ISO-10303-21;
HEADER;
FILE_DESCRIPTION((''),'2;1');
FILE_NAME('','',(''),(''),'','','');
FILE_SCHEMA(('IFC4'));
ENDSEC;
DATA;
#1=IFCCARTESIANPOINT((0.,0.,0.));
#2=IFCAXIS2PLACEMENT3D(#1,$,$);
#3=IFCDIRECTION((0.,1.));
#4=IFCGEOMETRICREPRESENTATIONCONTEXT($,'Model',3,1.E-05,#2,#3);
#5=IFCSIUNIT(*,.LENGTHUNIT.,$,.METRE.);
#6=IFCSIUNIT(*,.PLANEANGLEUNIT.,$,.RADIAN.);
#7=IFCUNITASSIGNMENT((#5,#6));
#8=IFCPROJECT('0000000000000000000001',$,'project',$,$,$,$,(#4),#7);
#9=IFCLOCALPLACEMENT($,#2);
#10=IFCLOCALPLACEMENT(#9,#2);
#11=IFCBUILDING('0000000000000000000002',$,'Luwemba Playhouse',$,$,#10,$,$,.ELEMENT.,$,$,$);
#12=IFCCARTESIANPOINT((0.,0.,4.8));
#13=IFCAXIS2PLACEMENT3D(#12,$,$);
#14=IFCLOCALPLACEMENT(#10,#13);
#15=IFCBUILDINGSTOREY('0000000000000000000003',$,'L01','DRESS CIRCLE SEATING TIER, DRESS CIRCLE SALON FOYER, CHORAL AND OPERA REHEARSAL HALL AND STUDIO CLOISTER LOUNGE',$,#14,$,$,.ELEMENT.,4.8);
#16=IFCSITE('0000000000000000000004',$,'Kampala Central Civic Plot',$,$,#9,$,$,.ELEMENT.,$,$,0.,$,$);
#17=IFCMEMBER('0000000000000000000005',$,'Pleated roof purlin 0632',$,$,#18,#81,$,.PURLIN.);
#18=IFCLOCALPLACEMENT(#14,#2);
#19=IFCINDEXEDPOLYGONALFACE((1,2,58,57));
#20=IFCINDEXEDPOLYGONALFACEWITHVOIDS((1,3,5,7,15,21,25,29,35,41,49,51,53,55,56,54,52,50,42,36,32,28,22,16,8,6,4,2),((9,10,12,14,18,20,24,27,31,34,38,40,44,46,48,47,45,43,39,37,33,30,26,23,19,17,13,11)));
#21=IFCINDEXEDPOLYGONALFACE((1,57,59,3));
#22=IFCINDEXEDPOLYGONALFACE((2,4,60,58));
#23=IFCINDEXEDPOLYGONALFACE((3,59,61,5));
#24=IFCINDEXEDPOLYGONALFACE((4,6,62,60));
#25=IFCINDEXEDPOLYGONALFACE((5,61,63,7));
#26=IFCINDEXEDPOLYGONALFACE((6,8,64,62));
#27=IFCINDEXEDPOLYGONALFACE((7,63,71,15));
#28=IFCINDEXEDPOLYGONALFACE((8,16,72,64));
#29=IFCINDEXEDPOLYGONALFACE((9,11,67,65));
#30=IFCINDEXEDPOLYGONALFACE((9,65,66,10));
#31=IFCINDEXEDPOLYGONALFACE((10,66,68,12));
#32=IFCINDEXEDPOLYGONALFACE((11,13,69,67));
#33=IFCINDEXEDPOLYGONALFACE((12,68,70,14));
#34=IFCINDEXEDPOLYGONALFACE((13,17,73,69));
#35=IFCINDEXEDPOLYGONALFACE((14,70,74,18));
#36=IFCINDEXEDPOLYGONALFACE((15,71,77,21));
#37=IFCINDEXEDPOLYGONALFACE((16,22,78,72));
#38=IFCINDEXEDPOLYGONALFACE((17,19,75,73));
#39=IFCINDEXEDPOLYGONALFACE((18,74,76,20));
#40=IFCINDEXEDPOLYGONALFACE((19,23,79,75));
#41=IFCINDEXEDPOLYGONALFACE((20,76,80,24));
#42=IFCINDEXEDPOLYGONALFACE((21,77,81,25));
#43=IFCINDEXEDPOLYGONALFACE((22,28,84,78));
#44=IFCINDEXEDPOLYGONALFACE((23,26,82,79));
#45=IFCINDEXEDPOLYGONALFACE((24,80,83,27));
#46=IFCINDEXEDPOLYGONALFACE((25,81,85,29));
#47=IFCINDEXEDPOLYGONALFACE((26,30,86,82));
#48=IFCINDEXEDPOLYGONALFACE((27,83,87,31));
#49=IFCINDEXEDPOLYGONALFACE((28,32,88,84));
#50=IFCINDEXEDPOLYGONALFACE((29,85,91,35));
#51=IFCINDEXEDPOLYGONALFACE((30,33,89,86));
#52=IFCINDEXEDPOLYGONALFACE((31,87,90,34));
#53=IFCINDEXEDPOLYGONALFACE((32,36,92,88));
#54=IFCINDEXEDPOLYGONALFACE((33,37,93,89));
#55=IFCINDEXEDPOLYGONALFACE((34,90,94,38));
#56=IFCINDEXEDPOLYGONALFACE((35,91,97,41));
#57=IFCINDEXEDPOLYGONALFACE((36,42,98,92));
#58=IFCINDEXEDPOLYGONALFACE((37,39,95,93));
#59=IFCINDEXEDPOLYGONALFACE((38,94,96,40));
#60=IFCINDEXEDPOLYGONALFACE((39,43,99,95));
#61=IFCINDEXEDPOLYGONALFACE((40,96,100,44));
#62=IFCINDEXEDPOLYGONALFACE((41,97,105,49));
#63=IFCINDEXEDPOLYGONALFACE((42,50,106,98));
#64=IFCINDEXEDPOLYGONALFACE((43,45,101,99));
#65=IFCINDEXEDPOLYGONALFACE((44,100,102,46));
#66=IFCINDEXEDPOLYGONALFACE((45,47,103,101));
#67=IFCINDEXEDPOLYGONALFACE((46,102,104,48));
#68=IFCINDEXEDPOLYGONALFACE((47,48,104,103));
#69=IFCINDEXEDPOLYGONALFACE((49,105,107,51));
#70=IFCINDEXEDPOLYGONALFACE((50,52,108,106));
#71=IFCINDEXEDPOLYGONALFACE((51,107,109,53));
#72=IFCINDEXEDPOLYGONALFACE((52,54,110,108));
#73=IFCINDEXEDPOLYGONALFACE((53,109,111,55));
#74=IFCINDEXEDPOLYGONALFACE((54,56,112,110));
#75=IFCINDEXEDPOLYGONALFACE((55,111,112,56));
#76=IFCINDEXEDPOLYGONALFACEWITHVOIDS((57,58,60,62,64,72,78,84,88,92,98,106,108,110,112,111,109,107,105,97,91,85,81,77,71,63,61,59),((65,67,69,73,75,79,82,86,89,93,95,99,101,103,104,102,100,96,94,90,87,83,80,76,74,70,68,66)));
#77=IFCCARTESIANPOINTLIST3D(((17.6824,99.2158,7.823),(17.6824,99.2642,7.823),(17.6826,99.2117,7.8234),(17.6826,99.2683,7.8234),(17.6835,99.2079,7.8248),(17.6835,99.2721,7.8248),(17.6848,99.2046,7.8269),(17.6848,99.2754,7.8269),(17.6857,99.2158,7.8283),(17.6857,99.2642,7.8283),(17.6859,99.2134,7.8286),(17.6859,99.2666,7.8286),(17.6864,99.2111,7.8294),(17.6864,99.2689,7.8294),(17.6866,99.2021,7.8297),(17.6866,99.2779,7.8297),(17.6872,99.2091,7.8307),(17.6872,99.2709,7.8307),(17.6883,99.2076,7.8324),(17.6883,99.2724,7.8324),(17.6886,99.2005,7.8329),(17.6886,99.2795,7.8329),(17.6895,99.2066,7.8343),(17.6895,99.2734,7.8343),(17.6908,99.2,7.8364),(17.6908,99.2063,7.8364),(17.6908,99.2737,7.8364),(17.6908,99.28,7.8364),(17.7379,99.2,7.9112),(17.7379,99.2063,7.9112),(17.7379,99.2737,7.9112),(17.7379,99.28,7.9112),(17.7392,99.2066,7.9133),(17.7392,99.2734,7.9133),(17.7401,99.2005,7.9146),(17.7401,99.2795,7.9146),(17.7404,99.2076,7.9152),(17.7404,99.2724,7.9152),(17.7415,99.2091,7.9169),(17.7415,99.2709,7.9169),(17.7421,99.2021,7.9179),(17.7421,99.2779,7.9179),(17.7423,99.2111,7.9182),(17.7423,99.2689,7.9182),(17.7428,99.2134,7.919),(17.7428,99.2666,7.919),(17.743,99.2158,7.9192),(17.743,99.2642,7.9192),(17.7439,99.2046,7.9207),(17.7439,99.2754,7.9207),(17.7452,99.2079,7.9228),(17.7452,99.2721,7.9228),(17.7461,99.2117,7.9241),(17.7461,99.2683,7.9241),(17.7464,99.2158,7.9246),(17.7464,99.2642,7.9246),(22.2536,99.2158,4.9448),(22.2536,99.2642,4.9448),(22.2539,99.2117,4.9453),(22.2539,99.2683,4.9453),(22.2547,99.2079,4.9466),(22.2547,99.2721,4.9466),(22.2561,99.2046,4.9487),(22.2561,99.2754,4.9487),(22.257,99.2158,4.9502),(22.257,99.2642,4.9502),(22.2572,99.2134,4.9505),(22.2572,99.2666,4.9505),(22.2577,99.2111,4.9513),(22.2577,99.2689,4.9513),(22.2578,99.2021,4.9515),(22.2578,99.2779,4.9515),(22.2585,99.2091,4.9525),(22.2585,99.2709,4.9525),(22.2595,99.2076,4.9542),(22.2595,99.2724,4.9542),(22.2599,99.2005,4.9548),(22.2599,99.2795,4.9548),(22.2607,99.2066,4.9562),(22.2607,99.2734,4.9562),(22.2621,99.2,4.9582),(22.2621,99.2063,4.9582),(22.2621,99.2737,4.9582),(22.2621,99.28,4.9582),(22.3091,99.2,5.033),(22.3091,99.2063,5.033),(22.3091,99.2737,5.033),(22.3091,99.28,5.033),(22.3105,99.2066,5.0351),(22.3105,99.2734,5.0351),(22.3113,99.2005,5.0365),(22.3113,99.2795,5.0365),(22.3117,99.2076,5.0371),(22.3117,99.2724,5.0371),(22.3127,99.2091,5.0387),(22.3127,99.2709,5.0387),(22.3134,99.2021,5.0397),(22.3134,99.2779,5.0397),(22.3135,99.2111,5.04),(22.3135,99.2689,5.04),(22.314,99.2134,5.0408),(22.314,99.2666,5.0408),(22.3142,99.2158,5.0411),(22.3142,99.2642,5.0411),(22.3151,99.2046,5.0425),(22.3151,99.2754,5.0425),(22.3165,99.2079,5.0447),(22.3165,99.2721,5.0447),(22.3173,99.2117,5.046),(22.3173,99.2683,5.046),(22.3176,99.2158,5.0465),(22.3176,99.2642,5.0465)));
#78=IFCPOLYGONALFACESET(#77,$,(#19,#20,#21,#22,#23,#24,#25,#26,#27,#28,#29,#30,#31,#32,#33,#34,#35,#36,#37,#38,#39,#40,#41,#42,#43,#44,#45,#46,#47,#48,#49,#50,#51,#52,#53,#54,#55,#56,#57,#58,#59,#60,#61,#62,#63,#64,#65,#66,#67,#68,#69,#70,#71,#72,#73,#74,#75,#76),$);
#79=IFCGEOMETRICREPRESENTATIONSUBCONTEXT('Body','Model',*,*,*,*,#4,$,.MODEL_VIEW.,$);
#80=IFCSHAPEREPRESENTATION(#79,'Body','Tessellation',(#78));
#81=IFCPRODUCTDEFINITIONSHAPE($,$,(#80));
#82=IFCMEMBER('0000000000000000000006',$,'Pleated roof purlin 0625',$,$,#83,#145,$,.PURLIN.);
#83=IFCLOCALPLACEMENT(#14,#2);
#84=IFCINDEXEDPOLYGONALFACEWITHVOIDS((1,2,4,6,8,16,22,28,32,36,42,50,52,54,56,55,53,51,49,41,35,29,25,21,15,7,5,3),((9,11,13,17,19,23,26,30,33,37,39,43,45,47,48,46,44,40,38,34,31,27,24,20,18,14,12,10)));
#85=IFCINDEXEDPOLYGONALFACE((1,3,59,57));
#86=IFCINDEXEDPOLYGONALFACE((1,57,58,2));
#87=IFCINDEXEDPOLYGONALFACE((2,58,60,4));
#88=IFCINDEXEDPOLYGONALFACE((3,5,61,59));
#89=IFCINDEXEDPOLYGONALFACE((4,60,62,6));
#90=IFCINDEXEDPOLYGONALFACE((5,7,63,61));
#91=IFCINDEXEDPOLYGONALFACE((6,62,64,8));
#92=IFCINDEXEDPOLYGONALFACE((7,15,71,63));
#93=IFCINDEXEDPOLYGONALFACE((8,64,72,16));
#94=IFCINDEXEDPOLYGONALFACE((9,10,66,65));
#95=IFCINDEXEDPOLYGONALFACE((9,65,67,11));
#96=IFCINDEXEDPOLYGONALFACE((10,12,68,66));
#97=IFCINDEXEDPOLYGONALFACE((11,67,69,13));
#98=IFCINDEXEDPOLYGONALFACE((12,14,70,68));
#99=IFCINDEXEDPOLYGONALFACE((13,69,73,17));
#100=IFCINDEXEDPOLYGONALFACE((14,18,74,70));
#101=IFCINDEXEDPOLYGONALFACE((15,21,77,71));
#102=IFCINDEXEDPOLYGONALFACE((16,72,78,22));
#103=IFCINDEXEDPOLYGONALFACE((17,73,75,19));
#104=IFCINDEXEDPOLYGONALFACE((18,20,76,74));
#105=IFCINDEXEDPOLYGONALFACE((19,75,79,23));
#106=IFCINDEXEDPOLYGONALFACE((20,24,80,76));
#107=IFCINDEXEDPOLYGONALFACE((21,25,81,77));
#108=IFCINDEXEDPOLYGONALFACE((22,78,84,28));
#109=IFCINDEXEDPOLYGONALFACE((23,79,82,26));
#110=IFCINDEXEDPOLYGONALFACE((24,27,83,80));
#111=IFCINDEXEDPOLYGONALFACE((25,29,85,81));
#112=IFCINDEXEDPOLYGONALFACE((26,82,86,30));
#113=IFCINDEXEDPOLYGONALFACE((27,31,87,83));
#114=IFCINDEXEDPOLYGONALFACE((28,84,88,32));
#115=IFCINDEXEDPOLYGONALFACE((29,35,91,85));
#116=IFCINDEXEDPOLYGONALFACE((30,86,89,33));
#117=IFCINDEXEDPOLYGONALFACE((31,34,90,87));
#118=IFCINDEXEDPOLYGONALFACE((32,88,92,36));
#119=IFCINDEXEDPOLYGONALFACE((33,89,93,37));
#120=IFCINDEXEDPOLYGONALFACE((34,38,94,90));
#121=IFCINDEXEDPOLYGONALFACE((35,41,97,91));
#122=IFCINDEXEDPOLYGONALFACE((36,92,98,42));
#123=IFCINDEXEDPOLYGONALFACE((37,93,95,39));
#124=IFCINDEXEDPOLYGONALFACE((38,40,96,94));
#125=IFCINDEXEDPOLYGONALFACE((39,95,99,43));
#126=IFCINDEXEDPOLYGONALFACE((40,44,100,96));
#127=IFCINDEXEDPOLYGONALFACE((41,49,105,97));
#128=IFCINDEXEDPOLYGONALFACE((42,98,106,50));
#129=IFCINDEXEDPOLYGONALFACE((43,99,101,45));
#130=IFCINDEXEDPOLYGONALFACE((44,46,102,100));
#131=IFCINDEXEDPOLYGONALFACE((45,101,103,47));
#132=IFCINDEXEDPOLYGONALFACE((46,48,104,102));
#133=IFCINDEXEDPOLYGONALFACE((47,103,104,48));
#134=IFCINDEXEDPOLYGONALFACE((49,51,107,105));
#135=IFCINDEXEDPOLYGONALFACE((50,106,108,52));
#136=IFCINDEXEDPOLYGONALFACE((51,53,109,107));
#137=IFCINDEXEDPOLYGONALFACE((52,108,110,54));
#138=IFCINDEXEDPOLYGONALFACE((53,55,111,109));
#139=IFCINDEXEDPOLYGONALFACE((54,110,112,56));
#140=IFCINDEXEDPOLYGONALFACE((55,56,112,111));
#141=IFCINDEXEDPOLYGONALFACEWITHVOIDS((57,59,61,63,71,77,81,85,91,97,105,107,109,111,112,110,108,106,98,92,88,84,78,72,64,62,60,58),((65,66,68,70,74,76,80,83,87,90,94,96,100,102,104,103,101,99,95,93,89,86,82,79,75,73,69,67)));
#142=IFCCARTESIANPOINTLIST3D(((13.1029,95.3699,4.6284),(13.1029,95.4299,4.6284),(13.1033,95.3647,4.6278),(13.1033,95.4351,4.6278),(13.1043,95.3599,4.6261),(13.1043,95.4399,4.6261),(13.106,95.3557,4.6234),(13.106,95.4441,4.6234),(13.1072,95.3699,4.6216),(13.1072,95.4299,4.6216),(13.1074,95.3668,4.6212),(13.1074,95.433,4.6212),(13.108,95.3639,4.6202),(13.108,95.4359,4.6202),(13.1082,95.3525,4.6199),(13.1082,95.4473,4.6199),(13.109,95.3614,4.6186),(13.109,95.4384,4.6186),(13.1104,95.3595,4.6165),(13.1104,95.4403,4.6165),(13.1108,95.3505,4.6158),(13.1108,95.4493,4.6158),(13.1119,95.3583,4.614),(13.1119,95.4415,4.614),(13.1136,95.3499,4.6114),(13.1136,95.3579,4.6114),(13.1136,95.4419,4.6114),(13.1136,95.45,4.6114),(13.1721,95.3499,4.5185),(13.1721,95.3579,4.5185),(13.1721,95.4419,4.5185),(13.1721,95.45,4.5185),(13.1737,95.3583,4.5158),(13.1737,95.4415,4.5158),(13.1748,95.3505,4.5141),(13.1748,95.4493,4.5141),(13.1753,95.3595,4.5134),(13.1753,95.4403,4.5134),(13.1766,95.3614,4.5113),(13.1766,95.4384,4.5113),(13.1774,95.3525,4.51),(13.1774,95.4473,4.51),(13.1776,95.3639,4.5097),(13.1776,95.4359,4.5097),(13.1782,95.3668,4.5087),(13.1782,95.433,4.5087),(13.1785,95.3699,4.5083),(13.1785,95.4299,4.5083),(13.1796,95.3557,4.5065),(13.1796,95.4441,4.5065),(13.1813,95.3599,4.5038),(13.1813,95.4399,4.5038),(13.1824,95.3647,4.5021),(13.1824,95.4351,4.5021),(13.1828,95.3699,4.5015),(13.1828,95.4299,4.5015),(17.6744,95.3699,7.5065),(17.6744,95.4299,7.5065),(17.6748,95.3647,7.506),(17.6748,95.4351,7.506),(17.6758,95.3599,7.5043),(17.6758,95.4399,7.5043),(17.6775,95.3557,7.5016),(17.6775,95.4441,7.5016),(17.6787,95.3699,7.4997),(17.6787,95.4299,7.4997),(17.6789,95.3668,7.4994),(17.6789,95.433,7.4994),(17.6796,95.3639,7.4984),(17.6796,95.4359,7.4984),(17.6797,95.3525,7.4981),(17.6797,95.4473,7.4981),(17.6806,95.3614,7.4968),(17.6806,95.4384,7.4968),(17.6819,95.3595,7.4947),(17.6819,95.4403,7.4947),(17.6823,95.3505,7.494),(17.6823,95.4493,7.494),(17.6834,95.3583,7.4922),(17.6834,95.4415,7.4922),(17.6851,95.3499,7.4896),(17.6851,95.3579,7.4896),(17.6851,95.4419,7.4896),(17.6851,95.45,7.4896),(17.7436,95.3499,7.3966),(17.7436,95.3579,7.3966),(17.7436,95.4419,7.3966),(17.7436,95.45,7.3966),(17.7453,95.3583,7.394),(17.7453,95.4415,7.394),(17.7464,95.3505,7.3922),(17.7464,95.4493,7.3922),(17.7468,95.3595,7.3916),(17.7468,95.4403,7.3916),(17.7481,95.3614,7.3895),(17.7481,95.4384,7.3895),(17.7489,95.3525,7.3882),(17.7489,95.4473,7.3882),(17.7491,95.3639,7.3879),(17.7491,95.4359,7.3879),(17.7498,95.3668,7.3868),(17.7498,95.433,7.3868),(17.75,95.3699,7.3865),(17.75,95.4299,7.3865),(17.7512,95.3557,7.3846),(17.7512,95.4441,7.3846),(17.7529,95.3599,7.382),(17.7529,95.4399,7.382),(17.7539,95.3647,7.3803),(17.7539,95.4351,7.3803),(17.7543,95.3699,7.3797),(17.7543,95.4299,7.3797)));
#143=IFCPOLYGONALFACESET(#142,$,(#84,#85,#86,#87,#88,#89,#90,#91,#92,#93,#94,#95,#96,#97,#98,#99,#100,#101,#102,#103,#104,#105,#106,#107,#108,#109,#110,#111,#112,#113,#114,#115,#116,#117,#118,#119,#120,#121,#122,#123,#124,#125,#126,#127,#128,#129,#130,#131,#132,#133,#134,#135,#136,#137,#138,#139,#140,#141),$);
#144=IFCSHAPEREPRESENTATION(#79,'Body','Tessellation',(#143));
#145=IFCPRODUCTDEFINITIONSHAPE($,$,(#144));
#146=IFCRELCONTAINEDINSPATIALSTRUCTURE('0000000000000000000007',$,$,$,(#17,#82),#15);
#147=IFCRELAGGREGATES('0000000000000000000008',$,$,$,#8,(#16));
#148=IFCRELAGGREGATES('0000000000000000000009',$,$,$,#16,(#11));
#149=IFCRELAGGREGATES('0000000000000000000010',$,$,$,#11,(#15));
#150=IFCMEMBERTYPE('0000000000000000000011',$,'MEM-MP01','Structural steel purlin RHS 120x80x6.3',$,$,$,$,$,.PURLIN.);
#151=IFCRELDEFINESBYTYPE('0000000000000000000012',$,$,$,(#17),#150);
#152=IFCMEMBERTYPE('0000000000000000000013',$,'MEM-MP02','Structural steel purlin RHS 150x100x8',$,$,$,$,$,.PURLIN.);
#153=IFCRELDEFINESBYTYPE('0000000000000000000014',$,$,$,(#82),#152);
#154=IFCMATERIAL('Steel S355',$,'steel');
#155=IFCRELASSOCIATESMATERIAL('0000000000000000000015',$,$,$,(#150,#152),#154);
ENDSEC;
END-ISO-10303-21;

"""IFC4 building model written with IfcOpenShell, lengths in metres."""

from ifc_helpers import new_model, si_unit, direction, frame, origin, origin_2d, place, context, subcontext, project, spatial, hollow_rectangle, extrude, material, material_profile, profile_set, type_object, element, save


model = new_model("IFC4")

# Units and contexts
model_context = context("Model", 3, precision=1e-05, world=origin(), true_north=direction((0.0, 1.0)))
body_context = subcontext(model_context, "Body", "Model", "MODEL_VIEW")
ifc_project = project(units=[si_unit("LENGTHUNIT", "METRE"), si_unit("PLANEANGLEUNIT", "RADIAN")], contexts=[model_context])

# Site, building, storey
site_placement = place(None, origin())
site = spatial("IfcSite", under=ifc_project, at=site_placement, Name="Kampala Central Civic Plot", CompositionType="ELEMENT", RefElevation=0.0)
building_placement = place(site_placement, origin())
building = spatial("IfcBuilding", under=site, at=building_placement, Name="Luwemba Playhouse", CompositionType="ELEMENT")
storey_placement = place(building_placement, frame((0.0, 0.0, 4.8)))
storey = spatial("IfcBuildingStorey", under=building, at=storey_placement, Name="L01", Description="DRESS CIRCLE SEATING TIER, DRESS CIRCLE SALON FOYER, CHORAL AND OPERA REHEARSAL HALL AND STUDIO CLOISTER LOUNGE", CompositionType="ELEMENT", Elevation=4.8)

# Shared definitions
ifc_material_1 = material(Name="Steel S355", Category="steel")

# Members
ifc_material_profile_1 = material_profile(ifc_material_1, hollow_rectangle(XDim=0.0801, YDim=0.1201, WallThickness=0.0063, InnerFilletRadius=0.0095, OuterFilletRadius=0.0159, at=origin_2d()))
ifc_profile_set_1 = profile_set([ifc_material_profile_1], Name="Steel S355")
member_type_1 = type_object("IfcMemberType", Name="MEM-MP01", Description="Structural steel purlin RHS 120x80x6.3", PredefinedType="PURLIN", material=ifc_profile_set_1)
member_1_placement = place(storey_placement, frame((17.7144, 99.24, 7.8738), z_axis=(0.846237, 0.0, -0.532807), x_axis=(0.0, 1.0, 0.0)))
element("IfcMember", 1, at=member_1_placement, inside=storey, type_object=member_type_1, Name="Pleated roof purlin 0632", PredefinedType="PURLIN", context=body_context, shape_type="SweptSolid", body=[
    extrude(hollow_rectangle(XDim=0.0801, YDim=0.1201, WallThickness=0.0063, InnerFilletRadius=0.0095, OuterFilletRadius=0.0159, at=origin_2d()), origin(), (0.0, 0.0, 1.0), 5.4019),
])
ifc_material_profile_2 = material_profile(ifc_material_1, hollow_rectangle(XDim=0.1001, YDim=0.1499, WallThickness=0.0081, InnerFilletRadius=0.012, OuterFilletRadius=0.02, at=origin_2d()))
ifc_profile_set_2 = profile_set([ifc_material_profile_2], Name="Steel S355")
member_type_2 = type_object("IfcMemberType", Name="MEM-MP02", Description="Structural steel purlin RHS 150x100x8", PredefinedType="PURLIN", material=ifc_profile_set_2)
member_2_placement = place(storey_placement, frame((13.1428, 95.3999, 4.5649), z_axis=(0.846249, 0.0, 0.532787), x_axis=(0.0, 1.0, 0.0)))
element("IfcMember", 2, at=member_2_placement, inside=storey, type_object=member_type_2, Name="Pleated roof purlin 0625", PredefinedType="PURLIN", context=body_context, shape_type="SweptSolid", body=[
    extrude(hollow_rectangle(XDim=0.1001, YDim=0.1499, WallThickness=0.0081, InnerFilletRadius=0.012, OuterFilletRadius=0.02, at=origin_2d()), origin(), (0.0, 0.0, 1.0), 5.4021),
])

save(model, "model.ifc")
